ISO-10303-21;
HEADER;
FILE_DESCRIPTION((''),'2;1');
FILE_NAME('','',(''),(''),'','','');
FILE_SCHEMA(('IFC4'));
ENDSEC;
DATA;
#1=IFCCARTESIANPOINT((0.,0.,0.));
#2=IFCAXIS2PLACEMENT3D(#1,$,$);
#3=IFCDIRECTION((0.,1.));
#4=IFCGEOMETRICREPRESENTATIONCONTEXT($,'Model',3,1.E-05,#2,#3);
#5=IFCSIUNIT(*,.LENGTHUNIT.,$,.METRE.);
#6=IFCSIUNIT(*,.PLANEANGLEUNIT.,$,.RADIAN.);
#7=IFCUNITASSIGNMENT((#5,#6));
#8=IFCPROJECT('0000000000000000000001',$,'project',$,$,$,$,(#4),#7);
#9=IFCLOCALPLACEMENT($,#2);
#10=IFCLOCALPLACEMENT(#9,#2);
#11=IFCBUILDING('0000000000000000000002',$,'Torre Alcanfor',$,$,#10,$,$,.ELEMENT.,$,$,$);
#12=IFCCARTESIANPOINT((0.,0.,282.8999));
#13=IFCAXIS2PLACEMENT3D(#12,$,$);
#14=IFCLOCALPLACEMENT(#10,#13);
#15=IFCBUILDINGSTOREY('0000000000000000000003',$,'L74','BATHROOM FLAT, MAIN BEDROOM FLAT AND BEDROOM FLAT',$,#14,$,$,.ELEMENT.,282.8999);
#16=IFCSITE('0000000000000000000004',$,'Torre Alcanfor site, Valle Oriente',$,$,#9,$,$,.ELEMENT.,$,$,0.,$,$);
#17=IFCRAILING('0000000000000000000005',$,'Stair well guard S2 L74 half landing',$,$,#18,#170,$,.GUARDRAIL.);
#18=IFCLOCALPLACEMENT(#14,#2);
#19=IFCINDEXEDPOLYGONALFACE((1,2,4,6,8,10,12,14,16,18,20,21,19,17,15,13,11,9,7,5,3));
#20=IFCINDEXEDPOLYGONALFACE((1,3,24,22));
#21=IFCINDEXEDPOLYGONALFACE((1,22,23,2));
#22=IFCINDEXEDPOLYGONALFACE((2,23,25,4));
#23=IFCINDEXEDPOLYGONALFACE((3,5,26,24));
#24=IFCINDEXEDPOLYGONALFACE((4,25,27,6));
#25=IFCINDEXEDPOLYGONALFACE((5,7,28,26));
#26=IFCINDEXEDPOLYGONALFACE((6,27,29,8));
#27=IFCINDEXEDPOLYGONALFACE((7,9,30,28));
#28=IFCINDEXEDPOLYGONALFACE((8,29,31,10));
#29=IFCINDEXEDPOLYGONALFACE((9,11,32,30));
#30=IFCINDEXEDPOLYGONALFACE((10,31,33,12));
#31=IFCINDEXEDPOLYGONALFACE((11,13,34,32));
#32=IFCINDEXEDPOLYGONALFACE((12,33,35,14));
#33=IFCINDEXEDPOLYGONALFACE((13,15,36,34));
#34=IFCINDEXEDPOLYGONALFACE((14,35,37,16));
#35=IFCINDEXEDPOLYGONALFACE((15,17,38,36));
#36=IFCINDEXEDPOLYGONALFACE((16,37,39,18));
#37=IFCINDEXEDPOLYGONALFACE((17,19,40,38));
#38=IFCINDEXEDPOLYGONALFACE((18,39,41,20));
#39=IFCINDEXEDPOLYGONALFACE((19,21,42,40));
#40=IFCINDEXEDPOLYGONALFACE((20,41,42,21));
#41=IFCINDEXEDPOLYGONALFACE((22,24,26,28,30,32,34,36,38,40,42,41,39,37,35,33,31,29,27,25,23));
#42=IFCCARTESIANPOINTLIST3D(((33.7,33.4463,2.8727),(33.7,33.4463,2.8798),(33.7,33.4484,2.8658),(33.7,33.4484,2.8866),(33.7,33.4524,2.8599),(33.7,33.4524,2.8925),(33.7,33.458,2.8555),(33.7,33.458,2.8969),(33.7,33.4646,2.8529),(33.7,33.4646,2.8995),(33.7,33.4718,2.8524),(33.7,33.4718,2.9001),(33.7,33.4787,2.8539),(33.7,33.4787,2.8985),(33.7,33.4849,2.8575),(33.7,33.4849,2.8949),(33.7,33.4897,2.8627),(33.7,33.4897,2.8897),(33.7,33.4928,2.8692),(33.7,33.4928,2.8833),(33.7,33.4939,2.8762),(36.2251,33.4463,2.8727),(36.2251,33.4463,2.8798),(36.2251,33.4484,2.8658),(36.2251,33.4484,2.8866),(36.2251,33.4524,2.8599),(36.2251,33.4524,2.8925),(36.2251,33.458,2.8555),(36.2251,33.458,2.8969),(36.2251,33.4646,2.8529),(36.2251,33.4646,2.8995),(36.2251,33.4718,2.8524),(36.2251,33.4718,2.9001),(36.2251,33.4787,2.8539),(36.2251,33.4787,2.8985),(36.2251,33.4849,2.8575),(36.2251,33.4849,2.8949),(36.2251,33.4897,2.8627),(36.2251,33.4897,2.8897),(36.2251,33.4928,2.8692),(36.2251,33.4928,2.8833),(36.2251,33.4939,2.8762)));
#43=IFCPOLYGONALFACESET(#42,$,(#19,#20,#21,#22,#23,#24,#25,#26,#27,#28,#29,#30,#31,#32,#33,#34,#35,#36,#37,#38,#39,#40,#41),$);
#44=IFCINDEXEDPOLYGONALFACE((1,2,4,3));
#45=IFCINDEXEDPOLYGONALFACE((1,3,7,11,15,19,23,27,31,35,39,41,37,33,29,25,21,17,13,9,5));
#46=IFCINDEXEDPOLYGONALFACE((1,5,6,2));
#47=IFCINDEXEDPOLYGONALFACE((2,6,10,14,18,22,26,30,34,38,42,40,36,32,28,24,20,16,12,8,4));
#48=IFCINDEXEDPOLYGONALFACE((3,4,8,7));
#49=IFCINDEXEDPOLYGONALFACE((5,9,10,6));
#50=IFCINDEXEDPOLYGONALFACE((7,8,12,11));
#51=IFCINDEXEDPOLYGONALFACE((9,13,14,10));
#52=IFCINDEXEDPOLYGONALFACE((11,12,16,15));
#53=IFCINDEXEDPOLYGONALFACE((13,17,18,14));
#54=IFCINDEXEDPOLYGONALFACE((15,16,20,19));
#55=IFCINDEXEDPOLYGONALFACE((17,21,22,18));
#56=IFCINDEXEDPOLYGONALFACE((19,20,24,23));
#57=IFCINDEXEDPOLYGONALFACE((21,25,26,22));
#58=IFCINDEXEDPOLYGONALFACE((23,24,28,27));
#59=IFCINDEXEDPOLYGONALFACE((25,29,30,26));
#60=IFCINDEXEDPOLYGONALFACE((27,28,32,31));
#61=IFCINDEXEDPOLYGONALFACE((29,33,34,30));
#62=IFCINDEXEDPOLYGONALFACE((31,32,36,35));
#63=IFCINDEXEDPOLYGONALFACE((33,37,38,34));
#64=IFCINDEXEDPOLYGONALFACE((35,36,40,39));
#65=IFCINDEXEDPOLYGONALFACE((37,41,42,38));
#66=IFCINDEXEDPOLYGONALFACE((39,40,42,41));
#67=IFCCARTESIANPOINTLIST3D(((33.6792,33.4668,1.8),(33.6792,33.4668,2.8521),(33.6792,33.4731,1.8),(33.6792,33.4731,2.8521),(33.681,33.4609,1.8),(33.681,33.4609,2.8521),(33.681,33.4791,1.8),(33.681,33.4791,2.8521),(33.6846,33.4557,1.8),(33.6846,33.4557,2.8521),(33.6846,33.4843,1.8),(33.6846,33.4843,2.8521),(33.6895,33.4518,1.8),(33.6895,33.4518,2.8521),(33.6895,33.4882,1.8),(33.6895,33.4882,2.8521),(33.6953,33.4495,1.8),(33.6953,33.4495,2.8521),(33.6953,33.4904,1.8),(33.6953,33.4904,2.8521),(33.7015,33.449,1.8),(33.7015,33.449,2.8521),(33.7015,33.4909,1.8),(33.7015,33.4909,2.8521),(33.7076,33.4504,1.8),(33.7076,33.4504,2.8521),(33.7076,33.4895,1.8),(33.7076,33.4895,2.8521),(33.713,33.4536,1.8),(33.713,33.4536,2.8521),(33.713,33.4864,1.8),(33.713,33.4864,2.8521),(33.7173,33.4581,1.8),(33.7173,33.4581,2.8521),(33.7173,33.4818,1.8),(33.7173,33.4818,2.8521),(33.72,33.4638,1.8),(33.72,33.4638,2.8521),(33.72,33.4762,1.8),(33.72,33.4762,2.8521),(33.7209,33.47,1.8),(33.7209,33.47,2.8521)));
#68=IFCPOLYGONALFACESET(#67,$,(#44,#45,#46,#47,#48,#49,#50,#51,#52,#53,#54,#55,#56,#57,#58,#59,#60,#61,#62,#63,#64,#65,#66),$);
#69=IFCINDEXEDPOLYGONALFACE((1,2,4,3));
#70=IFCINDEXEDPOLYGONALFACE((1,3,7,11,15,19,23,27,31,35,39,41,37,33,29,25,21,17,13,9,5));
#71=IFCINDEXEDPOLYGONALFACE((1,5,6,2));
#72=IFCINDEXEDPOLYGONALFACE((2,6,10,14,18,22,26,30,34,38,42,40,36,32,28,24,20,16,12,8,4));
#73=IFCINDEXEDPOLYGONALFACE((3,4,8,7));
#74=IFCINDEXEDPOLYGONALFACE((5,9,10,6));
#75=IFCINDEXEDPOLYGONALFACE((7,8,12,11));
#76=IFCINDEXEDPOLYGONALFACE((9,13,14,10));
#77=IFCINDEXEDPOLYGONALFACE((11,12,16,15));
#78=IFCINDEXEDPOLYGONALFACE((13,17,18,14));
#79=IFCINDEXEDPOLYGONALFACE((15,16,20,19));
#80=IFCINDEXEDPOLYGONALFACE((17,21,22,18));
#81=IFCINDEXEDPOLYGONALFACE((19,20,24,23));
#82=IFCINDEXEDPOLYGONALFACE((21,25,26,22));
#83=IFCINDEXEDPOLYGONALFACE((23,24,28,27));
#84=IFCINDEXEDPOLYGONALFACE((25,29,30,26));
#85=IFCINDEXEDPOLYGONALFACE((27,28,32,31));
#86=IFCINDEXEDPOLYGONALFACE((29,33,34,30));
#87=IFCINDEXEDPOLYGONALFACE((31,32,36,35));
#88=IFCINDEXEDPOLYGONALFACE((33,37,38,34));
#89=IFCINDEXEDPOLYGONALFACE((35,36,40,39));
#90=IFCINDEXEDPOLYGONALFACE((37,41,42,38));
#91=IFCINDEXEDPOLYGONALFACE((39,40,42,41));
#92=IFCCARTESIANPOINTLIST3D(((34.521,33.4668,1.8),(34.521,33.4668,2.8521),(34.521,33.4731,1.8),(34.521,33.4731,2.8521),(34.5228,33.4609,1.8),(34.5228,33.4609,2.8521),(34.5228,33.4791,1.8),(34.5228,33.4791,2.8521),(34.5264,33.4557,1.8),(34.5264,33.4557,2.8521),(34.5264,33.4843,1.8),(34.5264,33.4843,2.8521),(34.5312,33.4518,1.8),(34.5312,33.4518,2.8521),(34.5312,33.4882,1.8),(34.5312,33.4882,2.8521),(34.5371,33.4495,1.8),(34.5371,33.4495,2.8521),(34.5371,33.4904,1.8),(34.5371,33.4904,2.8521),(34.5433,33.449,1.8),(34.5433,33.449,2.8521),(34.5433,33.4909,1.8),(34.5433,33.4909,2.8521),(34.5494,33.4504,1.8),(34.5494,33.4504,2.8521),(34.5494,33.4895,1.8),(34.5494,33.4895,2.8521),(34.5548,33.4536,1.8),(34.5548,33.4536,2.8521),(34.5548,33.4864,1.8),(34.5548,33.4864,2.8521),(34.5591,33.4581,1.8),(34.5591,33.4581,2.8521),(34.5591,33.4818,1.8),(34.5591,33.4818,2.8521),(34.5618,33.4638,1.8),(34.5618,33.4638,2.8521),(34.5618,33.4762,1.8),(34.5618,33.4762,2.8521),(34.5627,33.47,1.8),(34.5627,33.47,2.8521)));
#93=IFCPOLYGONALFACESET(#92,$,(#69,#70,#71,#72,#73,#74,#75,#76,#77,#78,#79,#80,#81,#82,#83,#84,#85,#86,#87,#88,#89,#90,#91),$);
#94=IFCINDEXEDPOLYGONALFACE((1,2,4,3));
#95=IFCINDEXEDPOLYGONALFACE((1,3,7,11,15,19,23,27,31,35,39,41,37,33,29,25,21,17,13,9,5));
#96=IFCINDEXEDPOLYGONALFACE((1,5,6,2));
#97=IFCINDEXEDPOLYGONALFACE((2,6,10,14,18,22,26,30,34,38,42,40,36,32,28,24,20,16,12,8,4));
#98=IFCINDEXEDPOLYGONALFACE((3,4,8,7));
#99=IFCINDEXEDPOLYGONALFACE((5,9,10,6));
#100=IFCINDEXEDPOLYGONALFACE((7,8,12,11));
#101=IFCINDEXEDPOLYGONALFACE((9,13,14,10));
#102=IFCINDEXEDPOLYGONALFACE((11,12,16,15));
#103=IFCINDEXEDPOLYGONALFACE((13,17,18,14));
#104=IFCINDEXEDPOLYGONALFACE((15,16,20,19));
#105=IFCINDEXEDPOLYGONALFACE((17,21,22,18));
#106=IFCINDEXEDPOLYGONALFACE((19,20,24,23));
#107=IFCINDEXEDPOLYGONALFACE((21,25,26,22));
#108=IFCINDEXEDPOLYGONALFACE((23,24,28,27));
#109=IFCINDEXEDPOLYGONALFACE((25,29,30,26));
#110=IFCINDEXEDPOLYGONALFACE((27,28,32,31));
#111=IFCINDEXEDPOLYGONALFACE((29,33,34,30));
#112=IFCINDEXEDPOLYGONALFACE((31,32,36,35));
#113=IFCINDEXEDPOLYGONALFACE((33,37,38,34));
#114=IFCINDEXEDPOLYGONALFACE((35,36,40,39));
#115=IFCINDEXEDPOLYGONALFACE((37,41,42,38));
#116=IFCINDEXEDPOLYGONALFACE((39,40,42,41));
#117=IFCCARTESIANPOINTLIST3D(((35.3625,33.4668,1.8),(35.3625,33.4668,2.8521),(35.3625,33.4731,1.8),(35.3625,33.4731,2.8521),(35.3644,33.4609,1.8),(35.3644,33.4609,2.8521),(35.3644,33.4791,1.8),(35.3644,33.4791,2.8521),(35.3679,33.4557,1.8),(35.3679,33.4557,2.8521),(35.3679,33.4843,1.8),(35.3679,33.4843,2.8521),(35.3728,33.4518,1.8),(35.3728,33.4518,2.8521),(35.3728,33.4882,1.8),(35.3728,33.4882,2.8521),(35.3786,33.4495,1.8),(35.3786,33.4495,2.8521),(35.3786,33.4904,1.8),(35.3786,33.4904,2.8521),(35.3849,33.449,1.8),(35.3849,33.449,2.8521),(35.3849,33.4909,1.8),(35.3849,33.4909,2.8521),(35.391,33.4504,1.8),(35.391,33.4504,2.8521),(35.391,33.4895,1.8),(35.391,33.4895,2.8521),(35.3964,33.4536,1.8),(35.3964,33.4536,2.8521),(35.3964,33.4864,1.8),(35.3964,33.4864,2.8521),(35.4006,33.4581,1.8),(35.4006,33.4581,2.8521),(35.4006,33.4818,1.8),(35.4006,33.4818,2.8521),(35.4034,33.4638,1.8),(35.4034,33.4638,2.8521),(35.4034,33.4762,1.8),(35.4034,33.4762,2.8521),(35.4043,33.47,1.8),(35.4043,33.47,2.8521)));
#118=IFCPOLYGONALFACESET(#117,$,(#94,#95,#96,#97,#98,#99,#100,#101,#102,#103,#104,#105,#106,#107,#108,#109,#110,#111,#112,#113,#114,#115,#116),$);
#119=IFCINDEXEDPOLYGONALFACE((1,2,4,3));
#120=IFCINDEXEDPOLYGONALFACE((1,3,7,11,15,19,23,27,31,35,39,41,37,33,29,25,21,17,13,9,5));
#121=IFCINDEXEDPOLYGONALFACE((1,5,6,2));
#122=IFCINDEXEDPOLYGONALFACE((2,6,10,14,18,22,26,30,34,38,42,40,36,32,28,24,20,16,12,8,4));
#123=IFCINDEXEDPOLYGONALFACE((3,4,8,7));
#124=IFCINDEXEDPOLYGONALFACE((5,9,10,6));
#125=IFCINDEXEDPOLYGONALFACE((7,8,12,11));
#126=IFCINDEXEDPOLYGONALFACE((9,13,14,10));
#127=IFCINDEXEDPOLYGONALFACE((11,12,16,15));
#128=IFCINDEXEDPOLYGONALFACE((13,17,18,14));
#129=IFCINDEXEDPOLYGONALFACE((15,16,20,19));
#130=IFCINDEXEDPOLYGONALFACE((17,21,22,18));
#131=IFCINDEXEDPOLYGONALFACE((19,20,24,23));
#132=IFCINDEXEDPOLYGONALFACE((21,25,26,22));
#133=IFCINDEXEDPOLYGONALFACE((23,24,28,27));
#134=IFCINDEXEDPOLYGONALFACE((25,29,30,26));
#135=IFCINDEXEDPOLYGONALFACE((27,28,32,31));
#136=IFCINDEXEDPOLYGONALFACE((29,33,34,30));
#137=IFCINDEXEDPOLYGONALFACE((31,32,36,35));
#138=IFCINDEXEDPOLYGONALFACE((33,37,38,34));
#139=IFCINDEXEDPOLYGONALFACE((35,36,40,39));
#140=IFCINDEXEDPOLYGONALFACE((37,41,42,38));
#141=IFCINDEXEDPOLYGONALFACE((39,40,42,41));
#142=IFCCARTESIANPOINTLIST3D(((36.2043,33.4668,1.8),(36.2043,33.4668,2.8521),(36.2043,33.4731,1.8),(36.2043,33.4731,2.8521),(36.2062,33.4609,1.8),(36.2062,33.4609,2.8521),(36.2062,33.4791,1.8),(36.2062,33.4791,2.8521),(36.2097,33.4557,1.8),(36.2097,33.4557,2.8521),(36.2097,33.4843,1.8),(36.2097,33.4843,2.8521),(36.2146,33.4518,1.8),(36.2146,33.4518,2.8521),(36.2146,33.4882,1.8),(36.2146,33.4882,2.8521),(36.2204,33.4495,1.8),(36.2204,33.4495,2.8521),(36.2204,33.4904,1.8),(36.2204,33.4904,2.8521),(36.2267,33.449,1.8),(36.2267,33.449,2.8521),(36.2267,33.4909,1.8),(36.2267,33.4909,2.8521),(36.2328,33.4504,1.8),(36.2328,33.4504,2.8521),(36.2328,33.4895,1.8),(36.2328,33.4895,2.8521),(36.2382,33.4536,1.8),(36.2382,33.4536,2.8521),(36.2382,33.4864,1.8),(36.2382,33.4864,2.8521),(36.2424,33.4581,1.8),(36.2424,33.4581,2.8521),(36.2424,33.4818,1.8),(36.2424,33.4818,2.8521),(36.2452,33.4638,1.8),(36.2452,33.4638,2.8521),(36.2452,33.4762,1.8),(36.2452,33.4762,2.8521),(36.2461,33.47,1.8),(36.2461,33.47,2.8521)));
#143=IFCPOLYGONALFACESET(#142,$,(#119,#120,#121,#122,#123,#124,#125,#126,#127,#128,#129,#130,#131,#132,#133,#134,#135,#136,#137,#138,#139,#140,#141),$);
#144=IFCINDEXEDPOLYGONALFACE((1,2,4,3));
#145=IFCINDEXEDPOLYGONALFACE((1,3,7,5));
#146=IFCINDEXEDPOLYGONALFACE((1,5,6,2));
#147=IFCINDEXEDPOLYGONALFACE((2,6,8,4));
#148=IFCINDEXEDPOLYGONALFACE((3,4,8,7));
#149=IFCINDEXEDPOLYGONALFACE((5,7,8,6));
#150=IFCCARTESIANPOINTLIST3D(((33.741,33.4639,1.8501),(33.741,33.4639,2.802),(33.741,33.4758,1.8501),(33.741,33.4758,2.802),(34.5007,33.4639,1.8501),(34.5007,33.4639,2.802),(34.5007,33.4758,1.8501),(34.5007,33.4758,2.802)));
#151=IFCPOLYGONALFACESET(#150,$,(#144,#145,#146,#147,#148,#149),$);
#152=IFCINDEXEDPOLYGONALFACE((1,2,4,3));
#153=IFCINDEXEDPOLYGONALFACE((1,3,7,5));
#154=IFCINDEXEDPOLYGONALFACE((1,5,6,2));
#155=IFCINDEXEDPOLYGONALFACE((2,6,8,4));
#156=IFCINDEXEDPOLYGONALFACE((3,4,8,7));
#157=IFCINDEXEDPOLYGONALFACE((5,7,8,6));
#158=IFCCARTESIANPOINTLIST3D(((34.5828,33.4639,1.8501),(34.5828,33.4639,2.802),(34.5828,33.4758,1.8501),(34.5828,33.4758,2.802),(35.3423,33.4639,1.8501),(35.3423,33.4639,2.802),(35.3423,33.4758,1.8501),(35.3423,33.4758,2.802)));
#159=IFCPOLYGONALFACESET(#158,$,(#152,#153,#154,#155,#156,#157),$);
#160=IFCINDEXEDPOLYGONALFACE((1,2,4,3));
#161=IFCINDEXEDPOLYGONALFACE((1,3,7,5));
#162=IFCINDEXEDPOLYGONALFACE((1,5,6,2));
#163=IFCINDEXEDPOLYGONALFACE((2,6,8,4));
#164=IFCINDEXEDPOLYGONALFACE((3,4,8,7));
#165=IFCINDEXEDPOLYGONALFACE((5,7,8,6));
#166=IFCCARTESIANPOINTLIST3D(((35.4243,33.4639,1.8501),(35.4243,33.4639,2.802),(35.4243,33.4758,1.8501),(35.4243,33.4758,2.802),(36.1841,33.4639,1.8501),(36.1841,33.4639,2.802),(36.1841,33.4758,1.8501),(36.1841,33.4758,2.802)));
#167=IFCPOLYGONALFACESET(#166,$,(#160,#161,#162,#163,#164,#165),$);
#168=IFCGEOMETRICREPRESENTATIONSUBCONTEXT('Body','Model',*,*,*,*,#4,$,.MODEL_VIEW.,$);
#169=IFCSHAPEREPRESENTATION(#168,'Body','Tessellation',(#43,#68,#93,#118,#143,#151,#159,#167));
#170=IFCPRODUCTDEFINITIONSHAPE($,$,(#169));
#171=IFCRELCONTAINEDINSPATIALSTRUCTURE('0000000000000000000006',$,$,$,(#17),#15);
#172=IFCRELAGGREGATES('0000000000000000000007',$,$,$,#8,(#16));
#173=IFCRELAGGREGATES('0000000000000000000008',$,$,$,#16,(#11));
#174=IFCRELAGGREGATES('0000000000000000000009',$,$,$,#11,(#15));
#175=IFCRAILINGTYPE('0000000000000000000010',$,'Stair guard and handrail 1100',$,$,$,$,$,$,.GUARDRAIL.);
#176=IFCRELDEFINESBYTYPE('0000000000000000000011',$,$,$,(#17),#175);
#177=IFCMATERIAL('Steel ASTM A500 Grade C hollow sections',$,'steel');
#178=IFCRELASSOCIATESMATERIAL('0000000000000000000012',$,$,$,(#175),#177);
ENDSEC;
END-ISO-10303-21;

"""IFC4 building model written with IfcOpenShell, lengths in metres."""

from ifc_helpers import new_model, si_unit, direction, frame, origin, origin_2d, place, context, subcontext, project, spatial, polyline, circle, outline, extrude, material, type_object, element, save


model = new_model("IFC4")

# Units and contexts
model_context = context("Model", 3, precision=1e-05, world=origin(), true_north=direction((0.0, 1.0)))
body_context = subcontext(model_context, "Body", "Model", "MODEL_VIEW")
ifc_project = project(units=[si_unit("LENGTHUNIT", "METRE"), si_unit("PLANEANGLEUNIT", "RADIAN")], contexts=[model_context])

# Site, building, storey
site_placement = place(None, origin())
site = spatial("IfcSite", under=ifc_project, at=site_placement, Name="Torre Alcanfor site, Valle Oriente", CompositionType="ELEMENT", RefElevation=0.0)
building_placement = place(site_placement, origin())
building = spatial("IfcBuilding", under=site, at=building_placement, Name="Torre Alcanfor", CompositionType="ELEMENT")
storey_placement = place(building_placement, frame((0.0, 0.0, 282.8999)))
storey = spatial("IfcBuildingStorey", under=building, at=storey_placement, Name="L74", Description="BATHROOM FLAT, MAIN BEDROOM FLAT AND BEDROOM FLAT", CompositionType="ELEMENT", Elevation=282.8999)

# Railing
ifc_material_1 = material(Name="Steel ASTM A500 Grade C hollow sections", Category="steel")
railing_type_1 = type_object("IfcRailingType", Name="Stair guard and handrail 1100", PredefinedType="GUARDRAIL", material=ifc_material_1)
for number, where, name in (
    (1, (33.7, 33.47, 1.8), "Stair well guard S2 L74 half landing"),
):
    element("IfcRailing", number, at=place(storey_placement, frame(where)), inside=storey, type_object=railing_type_1, Name=name, PredefinedType="GUARDRAIL", context=body_context, shape_type="SweptSolid", body=[
        extrude(circle(Radius=0.0239, at=origin_2d()), frame((0.0, 0.0, 1.0762), z_axis=(1.0, 0.0, 0.0), x_axis=(0.0, 1.0, 0.0)), (0.0, 0.0, 1.0), 2.5251),
        extrude(circle(Radius=0.021, at=origin_2d()), origin(), (0.0, 0.0, 1.0), 1.052),
        extrude(circle(Radius=0.021, at=origin_2d()), frame((0.8418, 0.0, 0.0)), (0.0, 0.0, 1.0), 1.052),
        extrude(circle(Radius=0.021, at=origin_2d()), frame((1.6833, 0.0, 0.0)), (0.0, 0.0, 1.0), 1.052),
        extrude(circle(Radius=0.021, at=origin_2d()), frame((2.5251, 0.0, 0.0)), (0.0, 0.0, 1.0), 1.052),
        extrude(outline(polyline([(0.041, 0.05), (0.8008, 0.05), (0.8008, 1.002), (0.041, 1.002), (0.041, 0.05)])), frame((0.0, 0.0059, 0.0), z_axis=(0.0, -1.0, 0.0), x_axis=(1.0, 0.0, 0.0)), (0.0, 0.0, 1.0), 0.012),
        extrude(outline(polyline([(0.8828, 0.05), (1.6423, 0.05), (1.6423, 1.002), (0.8828, 1.002), (0.8828, 0.05)])), frame((0.0, 0.0059, 0.0), z_axis=(0.0, -1.0, 0.0), x_axis=(1.0, 0.0, 0.0)), (0.0, 0.0, 1.0), 0.012),
        extrude(outline(polyline([(1.7244, 0.05), (2.4841, 0.05), (2.4841, 1.002), (1.7244, 1.002), (1.7244, 0.05)])), frame((0.0, 0.0059, 0.0), z_axis=(0.0, -1.0, 0.0), x_axis=(1.0, 0.0, 0.0)), (0.0, 0.0, 1.0), 0.012),
    ])

save(model, "model.ifc")
